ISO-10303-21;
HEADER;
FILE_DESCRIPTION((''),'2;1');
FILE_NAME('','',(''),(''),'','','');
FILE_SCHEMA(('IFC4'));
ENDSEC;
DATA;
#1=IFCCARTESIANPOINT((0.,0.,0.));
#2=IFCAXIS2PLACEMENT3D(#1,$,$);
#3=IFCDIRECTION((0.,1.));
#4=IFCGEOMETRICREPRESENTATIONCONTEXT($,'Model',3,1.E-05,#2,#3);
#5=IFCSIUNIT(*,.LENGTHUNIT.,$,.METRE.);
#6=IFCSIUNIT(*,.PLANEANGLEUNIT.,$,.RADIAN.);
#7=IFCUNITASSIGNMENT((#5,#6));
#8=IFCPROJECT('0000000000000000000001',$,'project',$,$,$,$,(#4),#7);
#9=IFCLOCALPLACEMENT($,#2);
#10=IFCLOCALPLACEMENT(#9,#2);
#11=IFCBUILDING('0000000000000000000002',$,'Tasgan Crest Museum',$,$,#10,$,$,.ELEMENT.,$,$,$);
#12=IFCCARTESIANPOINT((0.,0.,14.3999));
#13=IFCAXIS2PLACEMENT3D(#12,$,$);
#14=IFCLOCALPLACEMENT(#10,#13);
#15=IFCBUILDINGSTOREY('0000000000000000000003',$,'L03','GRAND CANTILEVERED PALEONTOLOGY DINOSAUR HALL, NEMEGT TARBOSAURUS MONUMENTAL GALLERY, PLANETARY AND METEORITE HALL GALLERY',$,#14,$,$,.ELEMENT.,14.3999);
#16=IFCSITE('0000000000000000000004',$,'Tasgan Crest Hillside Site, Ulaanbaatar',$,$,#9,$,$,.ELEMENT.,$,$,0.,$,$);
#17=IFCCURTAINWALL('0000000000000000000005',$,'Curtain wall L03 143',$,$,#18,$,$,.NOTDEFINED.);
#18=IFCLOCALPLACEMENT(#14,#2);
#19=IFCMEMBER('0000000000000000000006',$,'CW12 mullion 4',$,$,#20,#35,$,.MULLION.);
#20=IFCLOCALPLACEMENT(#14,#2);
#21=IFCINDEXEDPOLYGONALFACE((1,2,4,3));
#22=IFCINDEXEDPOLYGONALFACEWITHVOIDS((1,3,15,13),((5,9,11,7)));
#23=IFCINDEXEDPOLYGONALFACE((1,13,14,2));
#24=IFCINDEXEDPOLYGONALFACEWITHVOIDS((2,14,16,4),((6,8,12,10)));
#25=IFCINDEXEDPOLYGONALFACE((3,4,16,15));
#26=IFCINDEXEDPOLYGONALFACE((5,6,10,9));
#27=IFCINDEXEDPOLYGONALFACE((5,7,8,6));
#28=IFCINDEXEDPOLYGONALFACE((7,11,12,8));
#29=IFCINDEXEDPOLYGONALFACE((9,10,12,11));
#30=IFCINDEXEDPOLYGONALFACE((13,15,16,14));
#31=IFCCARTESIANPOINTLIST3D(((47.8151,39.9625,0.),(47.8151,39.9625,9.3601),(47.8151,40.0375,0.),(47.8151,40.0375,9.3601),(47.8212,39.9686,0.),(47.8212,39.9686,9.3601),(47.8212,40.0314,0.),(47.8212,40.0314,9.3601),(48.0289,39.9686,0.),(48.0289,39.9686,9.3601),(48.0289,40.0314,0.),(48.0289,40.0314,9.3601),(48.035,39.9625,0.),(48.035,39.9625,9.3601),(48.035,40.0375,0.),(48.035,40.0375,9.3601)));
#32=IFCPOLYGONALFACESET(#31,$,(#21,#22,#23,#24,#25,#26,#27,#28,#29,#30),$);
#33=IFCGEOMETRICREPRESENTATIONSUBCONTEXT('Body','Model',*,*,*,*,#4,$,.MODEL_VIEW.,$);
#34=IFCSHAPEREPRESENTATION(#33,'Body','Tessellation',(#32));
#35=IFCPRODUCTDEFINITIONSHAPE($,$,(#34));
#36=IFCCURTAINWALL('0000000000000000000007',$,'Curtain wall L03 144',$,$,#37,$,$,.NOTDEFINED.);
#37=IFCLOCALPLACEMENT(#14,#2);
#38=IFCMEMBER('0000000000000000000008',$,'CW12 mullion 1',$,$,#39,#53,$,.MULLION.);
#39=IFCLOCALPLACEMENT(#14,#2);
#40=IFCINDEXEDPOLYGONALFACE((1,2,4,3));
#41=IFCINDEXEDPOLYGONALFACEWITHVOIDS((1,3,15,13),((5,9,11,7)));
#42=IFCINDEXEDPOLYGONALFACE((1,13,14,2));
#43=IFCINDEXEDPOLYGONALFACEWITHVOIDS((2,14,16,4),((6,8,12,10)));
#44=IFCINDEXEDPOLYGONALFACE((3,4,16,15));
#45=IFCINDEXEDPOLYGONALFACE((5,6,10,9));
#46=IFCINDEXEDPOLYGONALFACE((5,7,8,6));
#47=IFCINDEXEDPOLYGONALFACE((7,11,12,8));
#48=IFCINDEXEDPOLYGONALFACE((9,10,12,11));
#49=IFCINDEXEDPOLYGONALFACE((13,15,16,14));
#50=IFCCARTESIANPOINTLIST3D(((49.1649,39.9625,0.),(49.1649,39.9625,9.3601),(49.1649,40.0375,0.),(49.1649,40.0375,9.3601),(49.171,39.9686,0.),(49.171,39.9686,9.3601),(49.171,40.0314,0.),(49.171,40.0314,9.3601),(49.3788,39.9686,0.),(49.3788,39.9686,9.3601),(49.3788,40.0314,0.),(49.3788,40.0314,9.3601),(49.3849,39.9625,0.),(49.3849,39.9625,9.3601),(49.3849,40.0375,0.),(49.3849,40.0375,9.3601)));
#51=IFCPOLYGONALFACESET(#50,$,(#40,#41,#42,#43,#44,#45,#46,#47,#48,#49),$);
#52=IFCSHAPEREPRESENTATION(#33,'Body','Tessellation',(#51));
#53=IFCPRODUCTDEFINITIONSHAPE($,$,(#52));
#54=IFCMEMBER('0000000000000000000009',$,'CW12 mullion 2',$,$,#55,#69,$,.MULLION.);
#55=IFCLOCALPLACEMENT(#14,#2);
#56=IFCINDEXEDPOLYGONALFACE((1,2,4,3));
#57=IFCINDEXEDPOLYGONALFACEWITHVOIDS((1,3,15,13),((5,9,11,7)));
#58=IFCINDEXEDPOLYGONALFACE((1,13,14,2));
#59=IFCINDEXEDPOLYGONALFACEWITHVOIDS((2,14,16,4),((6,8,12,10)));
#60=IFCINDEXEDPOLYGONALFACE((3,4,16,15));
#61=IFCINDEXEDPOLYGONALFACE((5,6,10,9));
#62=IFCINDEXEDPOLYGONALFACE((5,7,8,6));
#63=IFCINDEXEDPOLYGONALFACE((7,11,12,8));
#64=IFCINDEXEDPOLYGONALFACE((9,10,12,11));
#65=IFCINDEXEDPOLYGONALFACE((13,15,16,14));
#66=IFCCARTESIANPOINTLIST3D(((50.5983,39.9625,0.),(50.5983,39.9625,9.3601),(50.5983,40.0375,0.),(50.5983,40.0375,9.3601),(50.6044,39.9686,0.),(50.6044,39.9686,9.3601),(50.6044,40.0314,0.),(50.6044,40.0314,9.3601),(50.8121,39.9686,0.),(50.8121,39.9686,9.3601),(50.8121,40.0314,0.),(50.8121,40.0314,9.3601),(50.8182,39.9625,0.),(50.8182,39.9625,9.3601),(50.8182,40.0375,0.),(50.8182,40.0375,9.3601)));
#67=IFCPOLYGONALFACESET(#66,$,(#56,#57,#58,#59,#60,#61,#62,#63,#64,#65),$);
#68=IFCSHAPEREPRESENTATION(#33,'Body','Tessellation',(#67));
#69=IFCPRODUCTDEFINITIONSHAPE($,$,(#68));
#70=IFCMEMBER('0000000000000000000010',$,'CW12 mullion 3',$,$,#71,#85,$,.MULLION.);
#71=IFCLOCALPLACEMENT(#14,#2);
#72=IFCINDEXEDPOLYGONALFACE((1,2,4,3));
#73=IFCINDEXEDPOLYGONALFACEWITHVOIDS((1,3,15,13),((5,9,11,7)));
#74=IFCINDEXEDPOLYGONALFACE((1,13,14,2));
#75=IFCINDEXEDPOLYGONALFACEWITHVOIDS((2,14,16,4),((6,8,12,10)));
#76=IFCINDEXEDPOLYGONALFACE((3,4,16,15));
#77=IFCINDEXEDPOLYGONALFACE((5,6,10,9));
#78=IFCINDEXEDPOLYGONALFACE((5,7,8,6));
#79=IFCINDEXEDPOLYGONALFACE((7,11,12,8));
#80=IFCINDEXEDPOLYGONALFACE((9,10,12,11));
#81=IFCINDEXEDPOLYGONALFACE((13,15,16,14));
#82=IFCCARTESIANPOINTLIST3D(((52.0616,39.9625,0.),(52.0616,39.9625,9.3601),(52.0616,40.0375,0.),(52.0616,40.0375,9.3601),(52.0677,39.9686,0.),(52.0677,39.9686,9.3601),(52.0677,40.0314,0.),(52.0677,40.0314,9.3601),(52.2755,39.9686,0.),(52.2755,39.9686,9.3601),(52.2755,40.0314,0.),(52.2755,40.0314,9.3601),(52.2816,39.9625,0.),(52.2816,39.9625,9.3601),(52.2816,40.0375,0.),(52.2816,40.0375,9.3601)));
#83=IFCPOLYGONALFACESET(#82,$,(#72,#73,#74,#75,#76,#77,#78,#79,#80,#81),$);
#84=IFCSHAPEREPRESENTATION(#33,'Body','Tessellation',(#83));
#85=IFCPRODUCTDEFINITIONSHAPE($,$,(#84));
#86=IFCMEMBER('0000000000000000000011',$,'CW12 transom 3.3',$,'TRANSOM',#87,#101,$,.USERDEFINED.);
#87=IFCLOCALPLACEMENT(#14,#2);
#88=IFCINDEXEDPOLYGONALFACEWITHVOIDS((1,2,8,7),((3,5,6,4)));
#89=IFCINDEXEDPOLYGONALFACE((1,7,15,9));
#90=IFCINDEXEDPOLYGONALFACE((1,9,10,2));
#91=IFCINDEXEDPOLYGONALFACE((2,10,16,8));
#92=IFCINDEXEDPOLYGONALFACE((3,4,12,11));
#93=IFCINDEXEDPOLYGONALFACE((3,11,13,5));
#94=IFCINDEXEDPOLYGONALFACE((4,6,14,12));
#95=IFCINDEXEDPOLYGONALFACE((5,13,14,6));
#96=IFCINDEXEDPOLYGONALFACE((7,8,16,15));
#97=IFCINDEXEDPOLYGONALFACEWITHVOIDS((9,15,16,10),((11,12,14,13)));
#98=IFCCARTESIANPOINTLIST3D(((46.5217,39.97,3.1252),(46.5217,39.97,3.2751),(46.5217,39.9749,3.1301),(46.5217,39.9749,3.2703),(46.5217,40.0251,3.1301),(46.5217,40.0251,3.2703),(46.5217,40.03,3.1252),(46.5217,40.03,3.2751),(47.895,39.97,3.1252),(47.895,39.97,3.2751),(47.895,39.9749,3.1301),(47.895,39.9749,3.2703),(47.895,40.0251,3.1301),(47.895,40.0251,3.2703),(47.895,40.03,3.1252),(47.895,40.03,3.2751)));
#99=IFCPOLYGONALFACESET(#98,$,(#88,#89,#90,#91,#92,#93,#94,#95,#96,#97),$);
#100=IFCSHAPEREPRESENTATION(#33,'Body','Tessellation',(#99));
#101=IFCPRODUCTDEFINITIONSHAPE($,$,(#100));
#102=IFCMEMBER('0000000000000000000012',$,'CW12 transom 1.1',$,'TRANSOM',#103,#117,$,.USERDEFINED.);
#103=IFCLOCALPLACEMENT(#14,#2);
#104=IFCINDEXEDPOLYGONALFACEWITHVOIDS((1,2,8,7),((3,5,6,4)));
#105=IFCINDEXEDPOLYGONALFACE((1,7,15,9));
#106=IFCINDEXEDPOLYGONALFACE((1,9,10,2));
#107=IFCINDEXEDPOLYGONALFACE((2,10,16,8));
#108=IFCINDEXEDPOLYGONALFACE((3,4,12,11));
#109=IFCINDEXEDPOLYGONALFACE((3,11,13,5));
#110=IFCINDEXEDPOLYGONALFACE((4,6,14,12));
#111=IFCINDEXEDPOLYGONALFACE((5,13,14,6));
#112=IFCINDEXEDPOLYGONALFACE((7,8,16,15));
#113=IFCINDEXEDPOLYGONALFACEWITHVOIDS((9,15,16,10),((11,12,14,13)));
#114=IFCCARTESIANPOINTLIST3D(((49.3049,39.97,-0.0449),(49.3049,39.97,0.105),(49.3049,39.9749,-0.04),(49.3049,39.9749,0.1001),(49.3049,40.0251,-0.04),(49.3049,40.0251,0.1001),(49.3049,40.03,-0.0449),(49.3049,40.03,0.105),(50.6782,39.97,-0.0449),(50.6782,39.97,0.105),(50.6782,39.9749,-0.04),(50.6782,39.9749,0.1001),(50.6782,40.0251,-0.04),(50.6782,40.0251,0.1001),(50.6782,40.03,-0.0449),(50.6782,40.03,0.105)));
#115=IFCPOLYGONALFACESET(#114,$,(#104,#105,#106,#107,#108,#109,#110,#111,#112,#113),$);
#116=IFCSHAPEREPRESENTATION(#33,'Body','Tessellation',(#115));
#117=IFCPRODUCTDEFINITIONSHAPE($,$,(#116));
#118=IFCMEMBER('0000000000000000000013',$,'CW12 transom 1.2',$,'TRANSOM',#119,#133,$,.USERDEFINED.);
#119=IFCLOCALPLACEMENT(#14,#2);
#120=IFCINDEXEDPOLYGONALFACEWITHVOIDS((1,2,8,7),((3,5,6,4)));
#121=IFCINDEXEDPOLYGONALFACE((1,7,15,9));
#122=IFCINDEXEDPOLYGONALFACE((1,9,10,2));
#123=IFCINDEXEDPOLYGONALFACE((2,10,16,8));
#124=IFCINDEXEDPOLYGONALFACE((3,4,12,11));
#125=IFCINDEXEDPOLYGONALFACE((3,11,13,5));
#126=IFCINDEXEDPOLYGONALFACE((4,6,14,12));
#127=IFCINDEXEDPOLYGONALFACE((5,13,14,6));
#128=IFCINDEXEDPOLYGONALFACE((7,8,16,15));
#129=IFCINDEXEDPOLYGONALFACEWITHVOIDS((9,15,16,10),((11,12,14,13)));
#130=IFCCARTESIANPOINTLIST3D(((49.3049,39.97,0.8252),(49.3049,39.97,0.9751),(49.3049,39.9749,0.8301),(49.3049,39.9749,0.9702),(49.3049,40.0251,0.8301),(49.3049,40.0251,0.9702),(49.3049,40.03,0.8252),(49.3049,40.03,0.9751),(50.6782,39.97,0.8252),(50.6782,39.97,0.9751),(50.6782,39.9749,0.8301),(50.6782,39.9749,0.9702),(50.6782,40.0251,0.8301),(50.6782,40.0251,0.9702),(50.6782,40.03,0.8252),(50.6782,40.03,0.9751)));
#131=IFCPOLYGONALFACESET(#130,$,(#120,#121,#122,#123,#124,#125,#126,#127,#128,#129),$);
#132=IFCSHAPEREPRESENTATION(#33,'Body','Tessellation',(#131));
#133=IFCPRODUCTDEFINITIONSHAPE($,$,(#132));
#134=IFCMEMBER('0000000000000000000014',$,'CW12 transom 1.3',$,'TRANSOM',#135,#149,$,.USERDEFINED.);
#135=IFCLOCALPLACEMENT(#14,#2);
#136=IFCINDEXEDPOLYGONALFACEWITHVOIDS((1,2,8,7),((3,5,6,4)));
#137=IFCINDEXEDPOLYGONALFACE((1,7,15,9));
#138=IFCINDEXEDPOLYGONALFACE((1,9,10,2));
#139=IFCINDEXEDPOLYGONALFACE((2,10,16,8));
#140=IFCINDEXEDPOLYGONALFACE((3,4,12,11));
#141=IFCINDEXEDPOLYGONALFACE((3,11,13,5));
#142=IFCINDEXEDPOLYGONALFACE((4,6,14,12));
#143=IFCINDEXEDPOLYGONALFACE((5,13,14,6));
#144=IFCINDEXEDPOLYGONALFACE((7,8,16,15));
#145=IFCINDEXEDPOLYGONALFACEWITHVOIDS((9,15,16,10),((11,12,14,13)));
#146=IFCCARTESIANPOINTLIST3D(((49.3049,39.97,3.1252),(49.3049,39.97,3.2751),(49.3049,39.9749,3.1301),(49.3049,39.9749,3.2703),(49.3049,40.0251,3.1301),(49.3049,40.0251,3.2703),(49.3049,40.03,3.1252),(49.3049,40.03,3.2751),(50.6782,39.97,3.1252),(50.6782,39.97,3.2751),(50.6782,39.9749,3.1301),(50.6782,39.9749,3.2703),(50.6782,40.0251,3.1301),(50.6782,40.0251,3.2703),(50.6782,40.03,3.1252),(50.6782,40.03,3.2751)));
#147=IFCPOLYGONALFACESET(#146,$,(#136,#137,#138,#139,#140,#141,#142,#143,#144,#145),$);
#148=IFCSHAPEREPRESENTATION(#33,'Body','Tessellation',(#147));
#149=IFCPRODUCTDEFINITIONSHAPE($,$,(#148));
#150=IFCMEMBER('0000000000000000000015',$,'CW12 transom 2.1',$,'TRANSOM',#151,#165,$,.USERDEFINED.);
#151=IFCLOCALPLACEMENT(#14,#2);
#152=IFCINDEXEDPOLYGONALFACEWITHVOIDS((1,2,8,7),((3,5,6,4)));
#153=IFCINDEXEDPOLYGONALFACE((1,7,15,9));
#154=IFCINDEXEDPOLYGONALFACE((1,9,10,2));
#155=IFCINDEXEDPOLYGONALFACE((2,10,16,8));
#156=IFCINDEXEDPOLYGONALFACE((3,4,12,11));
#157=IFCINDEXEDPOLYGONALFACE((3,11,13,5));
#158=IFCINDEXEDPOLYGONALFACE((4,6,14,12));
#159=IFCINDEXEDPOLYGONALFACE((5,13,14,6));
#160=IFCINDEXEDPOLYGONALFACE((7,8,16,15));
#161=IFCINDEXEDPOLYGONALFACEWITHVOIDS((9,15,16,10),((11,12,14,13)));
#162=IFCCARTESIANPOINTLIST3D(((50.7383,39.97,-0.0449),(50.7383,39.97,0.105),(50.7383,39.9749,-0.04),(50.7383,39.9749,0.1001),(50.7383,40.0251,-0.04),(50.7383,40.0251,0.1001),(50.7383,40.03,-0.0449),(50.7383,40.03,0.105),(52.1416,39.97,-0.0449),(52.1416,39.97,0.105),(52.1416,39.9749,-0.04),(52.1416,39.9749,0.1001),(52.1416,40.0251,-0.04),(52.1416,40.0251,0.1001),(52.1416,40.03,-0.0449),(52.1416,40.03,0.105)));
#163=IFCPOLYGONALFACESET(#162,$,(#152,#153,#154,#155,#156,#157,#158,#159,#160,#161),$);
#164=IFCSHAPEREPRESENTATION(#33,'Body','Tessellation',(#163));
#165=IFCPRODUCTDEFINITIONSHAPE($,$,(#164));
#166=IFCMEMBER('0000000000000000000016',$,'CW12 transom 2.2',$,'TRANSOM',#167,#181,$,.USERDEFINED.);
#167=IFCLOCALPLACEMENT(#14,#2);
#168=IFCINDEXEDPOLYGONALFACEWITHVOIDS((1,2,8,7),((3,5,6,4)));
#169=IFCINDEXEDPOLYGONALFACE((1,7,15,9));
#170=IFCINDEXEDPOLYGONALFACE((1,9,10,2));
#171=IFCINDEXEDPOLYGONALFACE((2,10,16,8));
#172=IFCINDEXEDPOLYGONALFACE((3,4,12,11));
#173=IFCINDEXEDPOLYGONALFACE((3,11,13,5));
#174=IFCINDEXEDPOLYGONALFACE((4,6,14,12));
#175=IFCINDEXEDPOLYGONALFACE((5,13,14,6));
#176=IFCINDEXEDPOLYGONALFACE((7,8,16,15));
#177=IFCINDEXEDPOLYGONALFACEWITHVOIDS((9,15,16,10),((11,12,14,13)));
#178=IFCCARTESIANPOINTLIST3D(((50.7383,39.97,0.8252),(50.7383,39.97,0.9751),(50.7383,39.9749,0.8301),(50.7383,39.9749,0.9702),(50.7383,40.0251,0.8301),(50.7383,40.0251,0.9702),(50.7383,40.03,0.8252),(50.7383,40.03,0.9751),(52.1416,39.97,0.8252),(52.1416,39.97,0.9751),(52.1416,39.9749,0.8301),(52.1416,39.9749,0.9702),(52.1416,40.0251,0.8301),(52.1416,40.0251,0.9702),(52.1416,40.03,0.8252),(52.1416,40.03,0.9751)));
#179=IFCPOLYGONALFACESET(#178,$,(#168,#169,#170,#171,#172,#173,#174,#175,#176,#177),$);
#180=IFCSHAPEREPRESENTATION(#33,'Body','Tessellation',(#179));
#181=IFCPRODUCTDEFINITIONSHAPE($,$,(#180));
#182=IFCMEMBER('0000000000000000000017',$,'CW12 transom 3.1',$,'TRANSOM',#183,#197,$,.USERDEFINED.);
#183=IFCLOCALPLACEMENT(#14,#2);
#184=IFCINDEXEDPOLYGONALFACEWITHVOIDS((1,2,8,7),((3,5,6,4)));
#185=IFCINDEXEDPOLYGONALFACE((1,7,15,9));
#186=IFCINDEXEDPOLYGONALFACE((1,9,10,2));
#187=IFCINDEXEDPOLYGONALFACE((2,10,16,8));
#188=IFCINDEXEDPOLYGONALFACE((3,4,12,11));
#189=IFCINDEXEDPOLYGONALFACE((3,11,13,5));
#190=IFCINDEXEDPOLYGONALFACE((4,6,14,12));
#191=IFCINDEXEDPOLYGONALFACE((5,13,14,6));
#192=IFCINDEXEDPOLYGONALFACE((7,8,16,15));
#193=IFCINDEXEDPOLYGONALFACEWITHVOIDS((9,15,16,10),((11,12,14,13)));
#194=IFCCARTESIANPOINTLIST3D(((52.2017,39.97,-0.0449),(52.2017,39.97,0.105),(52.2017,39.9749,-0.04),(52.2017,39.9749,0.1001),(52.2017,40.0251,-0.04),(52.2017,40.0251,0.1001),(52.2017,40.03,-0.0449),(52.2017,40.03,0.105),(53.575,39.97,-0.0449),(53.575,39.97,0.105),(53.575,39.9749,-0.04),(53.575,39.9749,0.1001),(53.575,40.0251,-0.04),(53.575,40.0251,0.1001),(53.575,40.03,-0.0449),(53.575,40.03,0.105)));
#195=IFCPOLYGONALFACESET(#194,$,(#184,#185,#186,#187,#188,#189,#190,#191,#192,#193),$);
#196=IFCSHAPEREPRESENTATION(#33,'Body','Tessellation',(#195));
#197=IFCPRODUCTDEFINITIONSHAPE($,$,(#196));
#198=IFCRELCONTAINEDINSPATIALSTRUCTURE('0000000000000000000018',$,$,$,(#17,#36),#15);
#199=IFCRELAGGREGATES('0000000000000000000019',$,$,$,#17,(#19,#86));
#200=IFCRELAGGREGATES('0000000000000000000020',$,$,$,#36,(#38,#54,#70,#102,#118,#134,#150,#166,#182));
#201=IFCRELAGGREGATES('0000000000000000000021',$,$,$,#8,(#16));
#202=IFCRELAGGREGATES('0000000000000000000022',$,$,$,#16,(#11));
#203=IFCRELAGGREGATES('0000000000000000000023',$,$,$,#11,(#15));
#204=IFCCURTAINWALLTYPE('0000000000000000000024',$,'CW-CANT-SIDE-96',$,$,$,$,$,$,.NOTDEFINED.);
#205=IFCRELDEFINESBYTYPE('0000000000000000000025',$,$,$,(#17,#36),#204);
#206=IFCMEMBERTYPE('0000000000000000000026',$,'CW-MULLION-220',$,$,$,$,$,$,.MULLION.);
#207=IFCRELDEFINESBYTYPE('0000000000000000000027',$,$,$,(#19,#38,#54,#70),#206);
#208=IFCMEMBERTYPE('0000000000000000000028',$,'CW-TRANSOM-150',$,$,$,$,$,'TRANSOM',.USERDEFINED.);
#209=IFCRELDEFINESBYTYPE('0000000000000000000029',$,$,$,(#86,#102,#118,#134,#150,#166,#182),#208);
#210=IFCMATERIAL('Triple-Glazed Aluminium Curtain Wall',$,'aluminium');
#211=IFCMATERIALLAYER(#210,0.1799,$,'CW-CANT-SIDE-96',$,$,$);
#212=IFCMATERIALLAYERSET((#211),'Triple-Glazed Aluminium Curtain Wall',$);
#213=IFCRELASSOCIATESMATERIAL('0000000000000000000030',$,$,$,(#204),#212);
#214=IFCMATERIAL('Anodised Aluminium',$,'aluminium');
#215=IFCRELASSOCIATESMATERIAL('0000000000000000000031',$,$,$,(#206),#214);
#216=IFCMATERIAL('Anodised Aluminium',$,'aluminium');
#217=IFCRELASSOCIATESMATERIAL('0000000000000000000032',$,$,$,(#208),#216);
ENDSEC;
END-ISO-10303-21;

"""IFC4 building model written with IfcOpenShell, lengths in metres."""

from ifc_helpers import new_model, si_unit, direction, frame, origin, origin_2d, place, context, subcontext, project, spatial, hollow_rectangle, extrude, material, layer, layer_set, material_profile, profile_set, type_object, element, aggregate, save


model = new_model("IFC4")

# Units and contexts
model_context = context("Model", 3, precision=1e-05, world=origin(), true_north=direction((0.0, 1.0)))
body_context = subcontext(model_context, "Body", "Model", "MODEL_VIEW")
ifc_project = project(units=[si_unit("LENGTHUNIT", "METRE"), si_unit("PLANEANGLEUNIT", "RADIAN")], contexts=[model_context])

# Site, building, storey
site_placement = place(None, origin())
site = spatial("IfcSite", under=ifc_project, at=site_placement, Name="Tasgan Crest Hillside Site, Ulaanbaatar", CompositionType="ELEMENT", RefElevation=0.0)
building_placement = place(site_placement, origin())
building = spatial("IfcBuilding", under=site, at=building_placement, Name="Tasgan Crest Museum", CompositionType="ELEMENT")
storey_placement = place(building_placement, frame((0.0, 0.0, 14.3999)))
storey = spatial("IfcBuildingStorey", under=building, at=storey_placement, Name="L03", Description="GRAND CANTILEVERED PALEONTOLOGY DINOSAUR HALL, NEMEGT TARBOSAURUS MONUMENTAL GALLERY, PLANETARY AND METEORITE HALL GALLERY", CompositionType="ELEMENT", Elevation=14.3999)

# Curtain wall, member
ifc_material_1 = material(Name="Triple-Glazed Aluminium Curtain Wall", Category="aluminium")
ifc_layer_1 = layer(ifc_material_1, 0.1799, Name="CW-CANT-SIDE-96")
ifc_layer_set_1 = layer_set([ifc_layer_1], Name="Triple-Glazed Aluminium Curtain Wall")
curtain_wall_type = type_object("IfcCurtainWallType", Name="CW-CANT-SIDE-96", PredefinedType="NOTDEFINED", material=ifc_layer_set_1)
curtain_wall_1_placement = place(storey_placement, origin())
curtain_wall_1 = element("IfcCurtainWall", 1, at=curtain_wall_1_placement, inside=storey, type_object=curtain_wall_type, Name="Curtain wall L03 143", PredefinedType="NOTDEFINED")
ifc_material_2 = material(Name="Anodised Aluminium", Category="aluminium")
ifc_material_profile_1 = material_profile(ifc_material_2, hollow_rectangle(XDim=0.075, YDim=0.22, WallThickness=0.0061, at=origin_2d()), Name="ALU MULLION 220x75x6")
ifc_profile_set_1 = profile_set([ifc_material_profile_1], Name="Anodised Aluminium")
member_type_1 = type_object("IfcMemberType", Name="CW-MULLION-220", PredefinedType="MULLION", material=ifc_profile_set_1)
member_1_placement = place(storey_placement, frame((47.925, 40.0, 0.0), z_axis=(0.0, 0.0, 1.0), x_axis=(0.0, 1.0, 0.0)))
member_1 = element("IfcMember", 2, at=member_1_placement, type_object=member_type_1, Name="CW12 mullion 4", PredefinedType="MULLION", context=body_context, shape_type="SweptSolid", body=[
    extrude(hollow_rectangle(XDim=0.075, YDim=0.22, WallThickness=0.0061, at=origin_2d()), origin(), (0.0, 0.0, 1.0), 9.3601),
])

# Curtain wall, members
curtain_wall_2_placement = place(storey_placement, origin())
curtain_wall_2 = element("IfcCurtainWall", 3, at=curtain_wall_2_placement, inside=storey, type_object=curtain_wall_type, Name="Curtain wall L03 144", PredefinedType="NOTDEFINED")
member_2_placement = place(storey_placement, frame((49.2749, 40.0, 0.0), z_axis=(0.0, 0.0, 1.0), x_axis=(0.0, 1.0, 0.0)))
member_2 = element("IfcMember", 4, at=member_2_placement, type_object=member_type_1, Name="CW12 mullion 1", PredefinedType="MULLION", context=body_context, shape_type="SweptSolid", body=[
    extrude(hollow_rectangle(XDim=0.075, YDim=0.22, WallThickness=0.0061, at=origin_2d()), origin(), (0.0, 0.0, 1.0), 9.3601),
])
member_3_placement = place(storey_placement, frame((50.7083, 40.0, 0.0), z_axis=(0.0, 0.0, 1.0), x_axis=(0.0, 1.0, 0.0)))
member_3 = element("IfcMember", 5, at=member_3_placement, type_object=member_type_1, Name="CW12 mullion 2", PredefinedType="MULLION", context=body_context, shape_type="SweptSolid", body=[
    extrude(hollow_rectangle(XDim=0.075, YDim=0.22, WallThickness=0.0061, at=origin_2d()), origin(), (0.0, 0.0, 1.0), 9.3601),
])
member_4_placement = place(storey_placement, frame((52.1716, 40.0, 0.0), z_axis=(0.0, 0.0, 1.0), x_axis=(0.0, 1.0, 0.0)))
member_4 = element("IfcMember", 6, at=member_4_placement, type_object=member_type_1, Name="CW12 mullion 3", PredefinedType="MULLION", context=body_context, shape_type="SweptSolid", body=[
    extrude(hollow_rectangle(XDim=0.075, YDim=0.22, WallThickness=0.0061, at=origin_2d()), origin(), (0.0, 0.0, 1.0), 9.3601),
])

# Members
ifc_material_3 = material(Name="Anodised Aluminium", Category="aluminium")
ifc_material_profile_2 = material_profile(ifc_material_3, hollow_rectangle(XDim=0.0601, YDim=0.1499, WallThickness=0.0049, at=origin_2d()), Name="ALU TRANSOM 150x60x5")
ifc_profile_set_2 = profile_set([ifc_material_profile_2], Name="Anodised Aluminium")
member_type_2 = type_object("IfcMemberType", Name="CW-TRANSOM-150", ElementType="TRANSOM", PredefinedType="USERDEFINED", material=ifc_profile_set_2)
member_5_placement = place(storey_placement, frame((46.5217, 40.0, 3.2002), z_axis=(1.0, 0.0, 0.0), x_axis=(0.0, 1.0, 0.0)))
member_5 = element("IfcMember", 7, at=member_5_placement, type_object=member_type_2, Name="CW12 transom 3.3", ObjectType="TRANSOM", PredefinedType="USERDEFINED", context=body_context, shape_type="SweptSolid", body=[
    extrude(hollow_rectangle(XDim=0.0601, YDim=0.1499, WallThickness=0.0049, at=origin_2d()), origin(), (0.0, 0.0, 1.0), 1.3733),
])
member_6_placement = place(storey_placement, frame((49.3049, 40.0, 0.03), z_axis=(1.0, 0.0, 0.0), x_axis=(0.0, 1.0, 0.0)))
member_6 = element("IfcMember", 8, at=member_6_placement, type_object=member_type_2, Name="CW12 transom 1.1", ObjectType="TRANSOM", PredefinedType="USERDEFINED", context=body_context, shape_type="SweptSolid", body=[
    extrude(hollow_rectangle(XDim=0.0601, YDim=0.1499, WallThickness=0.0049, at=origin_2d()), origin(), (0.0, 0.0, 1.0), 1.3733),
])
member_7_placement = place(storey_placement, frame((49.3049, 40.0, 0.9001), z_axis=(1.0, 0.0, 0.0), x_axis=(0.0, 1.0, 0.0)))
member_7 = element("IfcMember", 9, at=member_7_placement, type_object=member_type_2, Name="CW12 transom 1.2", ObjectType="TRANSOM", PredefinedType="USERDEFINED", context=body_context, shape_type="SweptSolid", body=[
    extrude(hollow_rectangle(XDim=0.0601, YDim=0.1499, WallThickness=0.0049, at=origin_2d()), origin(), (0.0, 0.0, 1.0), 1.3733),
])
member_8_placement = place(storey_placement, frame((49.3049, 40.0, 3.2002), z_axis=(1.0, 0.0, 0.0), x_axis=(0.0, 1.0, 0.0)))
member_8 = element("IfcMember", 10, at=member_8_placement, type_object=member_type_2, Name="CW12 transom 1.3", ObjectType="TRANSOM", PredefinedType="USERDEFINED", context=body_context, shape_type="SweptSolid", body=[
    extrude(hollow_rectangle(XDim=0.0601, YDim=0.1499, WallThickness=0.0049, at=origin_2d()), origin(), (0.0, 0.0, 1.0), 1.3733),
])
member_9_placement = place(storey_placement, frame((50.7383, 40.0, 0.03), z_axis=(1.0, 0.0, 0.0), x_axis=(0.0, 1.0, 0.0)))
member_9 = element("IfcMember", 11, at=member_9_placement, type_object=member_type_2, Name="CW12 transom 2.1", ObjectType="TRANSOM", PredefinedType="USERDEFINED", context=body_context, shape_type="SweptSolid", body=[
    extrude(hollow_rectangle(XDim=0.0601, YDim=0.1499, WallThickness=0.0049, at=origin_2d()), origin(), (0.0, 0.0, 1.0), 1.4033),
])
member_10_placement = place(storey_placement, frame((50.7383, 40.0, 0.9001), z_axis=(1.0, 0.0, 0.0), x_axis=(0.0, 1.0, 0.0)))
member_10 = element("IfcMember", 12, at=member_10_placement, type_object=member_type_2, Name="CW12 transom 2.2", ObjectType="TRANSOM", PredefinedType="USERDEFINED", context=body_context, shape_type="SweptSolid", body=[
    extrude(hollow_rectangle(XDim=0.0601, YDim=0.1499, WallThickness=0.0049, at=origin_2d()), origin(), (0.0, 0.0, 1.0), 1.4033),
])
member_11_placement = place(storey_placement, frame((52.2017, 40.0, 0.03), z_axis=(1.0, 0.0, 0.0), x_axis=(0.0, 1.0, 0.0)))
member_11 = element("IfcMember", 13, at=member_11_placement, type_object=member_type_2, Name="CW12 transom 3.1", ObjectType="TRANSOM", PredefinedType="USERDEFINED", context=body_context, shape_type="SweptSolid", body=[
    extrude(hollow_rectangle(XDim=0.0601, YDim=0.1499, WallThickness=0.0049, at=origin_2d()), origin(), (0.0, 0.0, 1.0), 1.3733),
])

aggregate(curtain_wall_1, [member_1, member_5])
aggregate(curtain_wall_2, [member_2, member_3, member_4, member_6, member_7, member_8, member_9, member_10, member_11])

save(model, "model.ifc")
